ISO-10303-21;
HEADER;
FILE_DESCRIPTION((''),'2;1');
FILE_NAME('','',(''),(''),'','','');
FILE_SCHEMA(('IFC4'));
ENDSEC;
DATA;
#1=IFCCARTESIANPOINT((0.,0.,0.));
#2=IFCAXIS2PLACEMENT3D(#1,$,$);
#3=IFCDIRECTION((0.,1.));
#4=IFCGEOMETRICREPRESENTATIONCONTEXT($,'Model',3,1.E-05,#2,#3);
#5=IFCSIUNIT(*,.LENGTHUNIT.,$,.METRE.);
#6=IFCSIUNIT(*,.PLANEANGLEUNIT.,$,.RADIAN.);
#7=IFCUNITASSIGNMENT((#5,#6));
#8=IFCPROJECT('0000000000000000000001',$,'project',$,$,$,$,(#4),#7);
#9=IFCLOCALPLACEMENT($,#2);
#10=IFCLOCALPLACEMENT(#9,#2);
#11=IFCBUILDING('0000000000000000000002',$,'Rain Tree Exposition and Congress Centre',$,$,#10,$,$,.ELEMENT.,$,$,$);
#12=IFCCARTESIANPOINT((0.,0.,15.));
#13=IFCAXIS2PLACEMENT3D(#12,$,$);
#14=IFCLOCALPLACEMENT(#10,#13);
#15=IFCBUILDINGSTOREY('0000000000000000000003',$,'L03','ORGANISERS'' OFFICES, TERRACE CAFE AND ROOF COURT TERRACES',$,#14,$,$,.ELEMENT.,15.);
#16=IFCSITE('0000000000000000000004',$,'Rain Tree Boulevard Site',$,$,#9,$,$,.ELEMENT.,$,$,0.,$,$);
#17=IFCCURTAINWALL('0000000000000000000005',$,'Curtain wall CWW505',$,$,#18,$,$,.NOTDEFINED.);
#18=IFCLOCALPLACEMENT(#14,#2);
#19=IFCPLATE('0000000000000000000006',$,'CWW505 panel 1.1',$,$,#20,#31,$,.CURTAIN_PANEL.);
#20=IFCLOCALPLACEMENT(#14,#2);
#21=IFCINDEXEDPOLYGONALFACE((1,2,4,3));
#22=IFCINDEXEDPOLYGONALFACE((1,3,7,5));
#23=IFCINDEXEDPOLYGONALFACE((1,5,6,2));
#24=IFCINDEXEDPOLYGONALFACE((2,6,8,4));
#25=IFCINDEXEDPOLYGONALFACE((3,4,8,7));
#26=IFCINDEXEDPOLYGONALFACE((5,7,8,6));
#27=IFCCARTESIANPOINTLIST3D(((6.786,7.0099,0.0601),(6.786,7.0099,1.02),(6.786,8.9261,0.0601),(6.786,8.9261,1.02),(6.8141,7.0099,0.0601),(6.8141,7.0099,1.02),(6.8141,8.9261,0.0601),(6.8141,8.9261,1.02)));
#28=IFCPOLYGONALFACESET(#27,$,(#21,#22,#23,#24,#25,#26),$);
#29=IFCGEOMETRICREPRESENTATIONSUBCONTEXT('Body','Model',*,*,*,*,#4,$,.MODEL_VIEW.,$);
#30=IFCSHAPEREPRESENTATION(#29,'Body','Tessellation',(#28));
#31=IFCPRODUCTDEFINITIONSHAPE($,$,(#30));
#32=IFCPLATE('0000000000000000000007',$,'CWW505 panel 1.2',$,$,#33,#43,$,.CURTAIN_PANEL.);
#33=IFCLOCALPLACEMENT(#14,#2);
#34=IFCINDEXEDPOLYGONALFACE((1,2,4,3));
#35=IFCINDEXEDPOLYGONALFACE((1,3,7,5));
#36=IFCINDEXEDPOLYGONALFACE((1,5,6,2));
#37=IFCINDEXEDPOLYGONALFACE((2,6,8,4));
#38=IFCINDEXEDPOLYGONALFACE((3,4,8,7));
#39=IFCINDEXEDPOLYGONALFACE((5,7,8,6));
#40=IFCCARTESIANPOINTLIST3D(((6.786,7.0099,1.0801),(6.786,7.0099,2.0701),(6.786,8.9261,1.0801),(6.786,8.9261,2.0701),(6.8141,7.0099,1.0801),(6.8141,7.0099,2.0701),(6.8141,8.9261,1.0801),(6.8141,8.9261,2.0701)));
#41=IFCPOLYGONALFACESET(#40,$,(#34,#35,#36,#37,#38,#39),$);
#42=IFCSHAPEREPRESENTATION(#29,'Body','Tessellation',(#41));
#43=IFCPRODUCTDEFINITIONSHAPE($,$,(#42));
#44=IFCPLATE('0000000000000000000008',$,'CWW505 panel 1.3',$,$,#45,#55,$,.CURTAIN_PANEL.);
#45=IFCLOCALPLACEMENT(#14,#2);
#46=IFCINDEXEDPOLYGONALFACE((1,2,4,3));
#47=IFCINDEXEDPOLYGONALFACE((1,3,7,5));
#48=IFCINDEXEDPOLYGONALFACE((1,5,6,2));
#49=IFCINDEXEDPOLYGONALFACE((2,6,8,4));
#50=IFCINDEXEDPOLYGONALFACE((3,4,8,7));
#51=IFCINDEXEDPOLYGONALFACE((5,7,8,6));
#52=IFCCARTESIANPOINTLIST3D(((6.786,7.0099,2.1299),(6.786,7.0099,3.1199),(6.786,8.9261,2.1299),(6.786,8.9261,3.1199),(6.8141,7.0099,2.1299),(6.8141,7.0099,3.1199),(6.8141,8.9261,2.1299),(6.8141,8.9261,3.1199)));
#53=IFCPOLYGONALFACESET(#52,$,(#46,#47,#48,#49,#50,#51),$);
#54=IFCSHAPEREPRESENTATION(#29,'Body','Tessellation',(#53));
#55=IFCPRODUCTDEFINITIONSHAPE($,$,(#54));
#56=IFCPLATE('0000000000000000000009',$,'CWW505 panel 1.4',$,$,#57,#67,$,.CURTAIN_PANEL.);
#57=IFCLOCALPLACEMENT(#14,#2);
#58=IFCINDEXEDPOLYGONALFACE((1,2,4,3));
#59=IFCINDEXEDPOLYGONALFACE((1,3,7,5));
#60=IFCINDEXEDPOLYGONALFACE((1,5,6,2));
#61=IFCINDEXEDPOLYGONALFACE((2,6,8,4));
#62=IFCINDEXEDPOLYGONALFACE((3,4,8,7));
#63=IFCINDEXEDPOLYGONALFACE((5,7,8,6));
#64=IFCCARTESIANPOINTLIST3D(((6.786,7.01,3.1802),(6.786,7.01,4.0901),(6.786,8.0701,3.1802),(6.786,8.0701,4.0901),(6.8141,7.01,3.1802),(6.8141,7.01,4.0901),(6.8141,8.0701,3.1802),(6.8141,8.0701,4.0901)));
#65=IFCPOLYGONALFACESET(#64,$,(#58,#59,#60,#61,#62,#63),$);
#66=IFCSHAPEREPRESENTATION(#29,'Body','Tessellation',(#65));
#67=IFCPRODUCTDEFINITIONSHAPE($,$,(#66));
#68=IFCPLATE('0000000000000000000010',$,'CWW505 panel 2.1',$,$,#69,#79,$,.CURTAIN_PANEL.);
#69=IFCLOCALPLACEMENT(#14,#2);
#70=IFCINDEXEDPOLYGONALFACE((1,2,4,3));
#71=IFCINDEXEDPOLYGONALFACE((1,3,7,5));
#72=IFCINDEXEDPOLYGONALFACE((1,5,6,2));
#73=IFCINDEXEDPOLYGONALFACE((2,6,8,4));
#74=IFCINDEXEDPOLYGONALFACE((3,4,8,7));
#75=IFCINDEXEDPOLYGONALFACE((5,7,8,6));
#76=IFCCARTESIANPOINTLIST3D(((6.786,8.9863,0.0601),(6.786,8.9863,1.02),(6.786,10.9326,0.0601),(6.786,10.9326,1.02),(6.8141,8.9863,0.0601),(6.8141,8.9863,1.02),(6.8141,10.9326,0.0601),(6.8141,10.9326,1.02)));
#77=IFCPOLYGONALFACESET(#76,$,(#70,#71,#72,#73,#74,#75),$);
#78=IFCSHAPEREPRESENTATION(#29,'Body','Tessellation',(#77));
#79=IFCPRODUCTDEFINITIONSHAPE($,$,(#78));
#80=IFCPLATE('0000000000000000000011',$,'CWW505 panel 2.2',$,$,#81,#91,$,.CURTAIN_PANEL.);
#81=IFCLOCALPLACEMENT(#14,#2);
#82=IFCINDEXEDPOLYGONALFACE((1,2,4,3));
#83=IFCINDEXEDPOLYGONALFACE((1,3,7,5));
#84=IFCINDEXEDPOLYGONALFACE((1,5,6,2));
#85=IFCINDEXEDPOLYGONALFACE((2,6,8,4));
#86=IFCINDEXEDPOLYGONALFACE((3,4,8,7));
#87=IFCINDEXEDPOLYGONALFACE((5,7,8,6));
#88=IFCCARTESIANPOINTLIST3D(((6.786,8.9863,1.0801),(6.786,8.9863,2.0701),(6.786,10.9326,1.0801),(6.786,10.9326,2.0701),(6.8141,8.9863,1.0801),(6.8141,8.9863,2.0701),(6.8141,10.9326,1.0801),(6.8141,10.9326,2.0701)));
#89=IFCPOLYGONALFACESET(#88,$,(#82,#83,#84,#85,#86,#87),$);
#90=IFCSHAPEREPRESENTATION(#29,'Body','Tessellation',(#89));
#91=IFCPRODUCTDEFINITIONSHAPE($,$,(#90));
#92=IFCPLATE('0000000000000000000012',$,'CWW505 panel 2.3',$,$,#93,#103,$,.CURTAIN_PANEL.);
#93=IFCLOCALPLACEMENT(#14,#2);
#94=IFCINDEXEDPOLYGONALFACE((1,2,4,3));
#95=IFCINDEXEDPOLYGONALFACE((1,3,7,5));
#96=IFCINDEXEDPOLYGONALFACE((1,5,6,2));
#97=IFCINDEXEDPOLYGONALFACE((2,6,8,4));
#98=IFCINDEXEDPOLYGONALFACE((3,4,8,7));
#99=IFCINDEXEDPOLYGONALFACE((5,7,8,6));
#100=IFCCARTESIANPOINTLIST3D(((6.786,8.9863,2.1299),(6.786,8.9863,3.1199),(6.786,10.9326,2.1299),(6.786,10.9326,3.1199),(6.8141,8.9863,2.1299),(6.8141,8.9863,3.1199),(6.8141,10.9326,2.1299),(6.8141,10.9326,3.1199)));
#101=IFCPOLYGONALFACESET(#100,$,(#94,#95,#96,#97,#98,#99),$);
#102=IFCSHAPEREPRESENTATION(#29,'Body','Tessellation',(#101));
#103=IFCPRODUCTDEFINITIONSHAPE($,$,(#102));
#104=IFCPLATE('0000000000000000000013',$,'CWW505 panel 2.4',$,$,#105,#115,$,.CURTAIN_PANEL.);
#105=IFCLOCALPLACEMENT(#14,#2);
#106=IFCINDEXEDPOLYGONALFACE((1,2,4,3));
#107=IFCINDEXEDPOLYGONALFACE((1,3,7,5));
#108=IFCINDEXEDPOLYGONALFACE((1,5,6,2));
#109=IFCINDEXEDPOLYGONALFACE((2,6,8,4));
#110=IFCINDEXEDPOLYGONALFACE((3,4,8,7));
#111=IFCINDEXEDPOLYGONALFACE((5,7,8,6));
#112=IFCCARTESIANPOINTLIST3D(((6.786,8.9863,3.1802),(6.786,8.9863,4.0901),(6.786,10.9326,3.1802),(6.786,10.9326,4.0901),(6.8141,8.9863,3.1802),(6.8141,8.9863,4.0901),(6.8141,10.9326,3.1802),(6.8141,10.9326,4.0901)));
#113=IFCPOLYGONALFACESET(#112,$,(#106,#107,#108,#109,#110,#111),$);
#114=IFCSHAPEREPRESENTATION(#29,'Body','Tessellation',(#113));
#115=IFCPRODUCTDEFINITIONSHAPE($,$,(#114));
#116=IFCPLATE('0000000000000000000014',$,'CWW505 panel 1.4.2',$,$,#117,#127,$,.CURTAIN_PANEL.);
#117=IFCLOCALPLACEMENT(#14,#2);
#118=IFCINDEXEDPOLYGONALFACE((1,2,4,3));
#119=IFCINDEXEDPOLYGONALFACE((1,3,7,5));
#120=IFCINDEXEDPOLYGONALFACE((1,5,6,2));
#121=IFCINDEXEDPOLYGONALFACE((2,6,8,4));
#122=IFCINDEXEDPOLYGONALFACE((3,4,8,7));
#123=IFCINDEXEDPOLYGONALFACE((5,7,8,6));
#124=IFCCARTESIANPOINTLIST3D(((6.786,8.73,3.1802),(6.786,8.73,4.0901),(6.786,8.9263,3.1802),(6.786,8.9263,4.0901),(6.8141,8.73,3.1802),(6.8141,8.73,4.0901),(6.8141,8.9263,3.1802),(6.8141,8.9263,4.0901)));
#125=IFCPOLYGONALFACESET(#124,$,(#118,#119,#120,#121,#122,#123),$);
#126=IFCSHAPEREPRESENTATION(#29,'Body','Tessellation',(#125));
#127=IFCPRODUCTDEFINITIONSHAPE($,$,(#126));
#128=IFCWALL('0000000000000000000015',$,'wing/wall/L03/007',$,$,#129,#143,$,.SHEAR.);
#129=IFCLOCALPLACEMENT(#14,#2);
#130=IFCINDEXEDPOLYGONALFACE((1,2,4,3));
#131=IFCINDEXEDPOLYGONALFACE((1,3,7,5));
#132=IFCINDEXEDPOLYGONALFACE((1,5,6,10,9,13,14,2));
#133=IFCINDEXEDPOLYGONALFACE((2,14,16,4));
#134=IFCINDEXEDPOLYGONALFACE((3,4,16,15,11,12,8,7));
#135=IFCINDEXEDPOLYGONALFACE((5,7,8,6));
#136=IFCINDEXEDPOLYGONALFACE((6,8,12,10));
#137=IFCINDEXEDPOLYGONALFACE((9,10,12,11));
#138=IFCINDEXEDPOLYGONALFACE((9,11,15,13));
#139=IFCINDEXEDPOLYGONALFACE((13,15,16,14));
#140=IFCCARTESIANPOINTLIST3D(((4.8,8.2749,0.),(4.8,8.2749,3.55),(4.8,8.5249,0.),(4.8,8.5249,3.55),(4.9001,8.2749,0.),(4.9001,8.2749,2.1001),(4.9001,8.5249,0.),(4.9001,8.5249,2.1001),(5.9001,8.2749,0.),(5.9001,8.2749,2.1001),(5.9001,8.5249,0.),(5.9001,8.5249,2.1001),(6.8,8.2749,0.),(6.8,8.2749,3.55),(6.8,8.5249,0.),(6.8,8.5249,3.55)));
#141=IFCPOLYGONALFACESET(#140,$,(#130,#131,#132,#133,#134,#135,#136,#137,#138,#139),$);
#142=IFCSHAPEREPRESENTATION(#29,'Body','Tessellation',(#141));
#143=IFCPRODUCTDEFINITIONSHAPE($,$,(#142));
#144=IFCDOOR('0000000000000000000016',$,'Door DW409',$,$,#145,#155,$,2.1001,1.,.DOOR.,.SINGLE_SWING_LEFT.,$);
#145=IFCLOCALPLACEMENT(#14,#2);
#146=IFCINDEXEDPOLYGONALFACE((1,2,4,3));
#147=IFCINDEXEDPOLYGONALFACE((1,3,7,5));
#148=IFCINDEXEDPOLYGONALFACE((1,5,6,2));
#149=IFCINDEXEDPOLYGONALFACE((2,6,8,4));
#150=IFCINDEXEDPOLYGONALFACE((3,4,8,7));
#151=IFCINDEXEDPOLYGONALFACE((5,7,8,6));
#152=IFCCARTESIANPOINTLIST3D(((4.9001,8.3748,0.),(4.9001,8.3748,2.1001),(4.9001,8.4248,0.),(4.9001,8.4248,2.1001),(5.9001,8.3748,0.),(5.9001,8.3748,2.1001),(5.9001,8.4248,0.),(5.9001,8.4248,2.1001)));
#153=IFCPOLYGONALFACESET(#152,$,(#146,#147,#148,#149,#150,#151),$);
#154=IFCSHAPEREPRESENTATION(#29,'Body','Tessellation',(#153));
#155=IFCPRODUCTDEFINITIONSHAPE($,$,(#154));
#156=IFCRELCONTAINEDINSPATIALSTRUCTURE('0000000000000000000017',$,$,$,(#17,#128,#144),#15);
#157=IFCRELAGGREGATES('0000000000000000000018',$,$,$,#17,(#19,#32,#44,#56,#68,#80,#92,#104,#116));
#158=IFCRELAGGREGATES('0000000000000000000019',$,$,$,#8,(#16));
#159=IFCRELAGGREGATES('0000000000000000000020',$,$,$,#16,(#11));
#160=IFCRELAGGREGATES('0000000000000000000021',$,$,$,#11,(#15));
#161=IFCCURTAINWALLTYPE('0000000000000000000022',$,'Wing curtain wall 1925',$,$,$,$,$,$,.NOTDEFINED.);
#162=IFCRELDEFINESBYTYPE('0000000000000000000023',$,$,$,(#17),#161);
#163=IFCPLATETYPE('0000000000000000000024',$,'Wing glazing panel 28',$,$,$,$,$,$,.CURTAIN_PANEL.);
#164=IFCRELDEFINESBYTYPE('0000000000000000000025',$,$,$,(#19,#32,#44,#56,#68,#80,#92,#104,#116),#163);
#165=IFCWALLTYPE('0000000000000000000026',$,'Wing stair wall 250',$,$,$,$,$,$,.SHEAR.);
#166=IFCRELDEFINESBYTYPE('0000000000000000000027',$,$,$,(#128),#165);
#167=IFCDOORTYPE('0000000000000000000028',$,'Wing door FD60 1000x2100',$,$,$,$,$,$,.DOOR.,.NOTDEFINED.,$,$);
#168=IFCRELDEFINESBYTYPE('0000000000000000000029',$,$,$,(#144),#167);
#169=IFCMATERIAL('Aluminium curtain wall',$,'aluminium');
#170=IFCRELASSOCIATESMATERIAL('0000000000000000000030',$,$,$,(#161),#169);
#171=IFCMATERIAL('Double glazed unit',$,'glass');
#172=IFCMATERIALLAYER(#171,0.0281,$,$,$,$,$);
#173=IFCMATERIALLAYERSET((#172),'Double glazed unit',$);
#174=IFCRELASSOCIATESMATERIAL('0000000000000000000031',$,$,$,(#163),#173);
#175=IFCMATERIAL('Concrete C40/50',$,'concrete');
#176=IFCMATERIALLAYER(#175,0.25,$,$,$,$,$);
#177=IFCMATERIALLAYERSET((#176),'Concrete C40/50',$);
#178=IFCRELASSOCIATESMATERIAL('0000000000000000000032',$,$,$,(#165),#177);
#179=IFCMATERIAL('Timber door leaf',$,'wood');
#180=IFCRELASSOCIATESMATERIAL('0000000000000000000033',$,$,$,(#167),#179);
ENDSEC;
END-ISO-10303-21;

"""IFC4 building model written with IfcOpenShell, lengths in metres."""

from ifc_helpers import new_model, si_unit, direction, frame, frame_2d, origin, origin_2d, place, context, subcontext, project, spatial, rectangle, extrude, material, layer, layer_set, type_object, element, fill, aggregate, save


model = new_model("IFC4")

# Units and contexts
model_context = context("Model", 3, precision=1e-05, world=origin(), true_north=direction((0.0, 1.0)))
body_context = subcontext(model_context, "Body", "Model", "MODEL_VIEW")
ifc_project = project(units=[si_unit("LENGTHUNIT", "METRE"), si_unit("PLANEANGLEUNIT", "RADIAN")], contexts=[model_context])

# Site, building, storey
site_placement = place(None, origin())
site = spatial("IfcSite", under=ifc_project, at=site_placement, Name="Rain Tree Boulevard Site", CompositionType="ELEMENT", RefElevation=0.0)
building_placement = place(site_placement, origin())
building = spatial("IfcBuilding", under=site, at=building_placement, Name="Rain Tree Exposition and Congress Centre", CompositionType="ELEMENT")
storey_placement = place(building_placement, frame((0.0, 0.0, 15.0)))
storey = spatial("IfcBuildingStorey", under=building, at=storey_placement, Name="L03", Description="ORGANISERS' OFFICES, TERRACE CAFE AND ROOF COURT TERRACES", CompositionType="ELEMENT", Elevation=15.0)

# Shared definitions
ifc_material_1 = material(Name="Aluminium curtain wall", Category="aluminium")
curtain_wall_type = type_object("IfcCurtainWallType", Name="Wing curtain wall 1925", PredefinedType="NOTDEFINED", material=ifc_material_1)

# Curtain wall
curtain_wall_1_placement = place(storey_placement, origin())
curtain_wall_1 = element("IfcCurtainWall", 1, at=curtain_wall_1_placement, inside=storey, type_object=curtain_wall_type, Name="Curtain wall CWW505", PredefinedType="NOTDEFINED")

# Plates
ifc_material_2 = material(Name="Double glazed unit", Category="glass")
ifc_layer_1 = layer(ifc_material_2, 0.0281)
ifc_layer_set_1 = layer_set([ifc_layer_1], Name="Double glazed unit")
plate_type = type_object("IfcPlateType", Name="Wing glazing panel 28", PredefinedType="CURTAIN_PANEL", material=ifc_layer_set_1)
plate_1_placement = place(storey_placement, frame((6.8, 7.968, 0.0601), z_axis=(0.0, 0.0, 1.0), x_axis=(0.0, 1.0, 0.0)))
plate_1 = element("IfcPlate", 2, at=plate_1_placement, type_object=plate_type, Name="CWW505 panel 1.1", PredefinedType="CURTAIN_PANEL", context=body_context, shape_type="SweptSolid", body=[
    extrude(rectangle(XDim=1.9163, YDim=0.0281, at=origin_2d()), origin(), (0.0, 0.0, 1.0), 0.96),
])
plate_2_placement = place(storey_placement, frame((6.8, 7.968, 1.0801), z_axis=(0.0, 0.0, 1.0), x_axis=(0.0, 1.0, 0.0)))
plate_2 = element("IfcPlate", 3, at=plate_2_placement, type_object=plate_type, Name="CWW505 panel 1.2", PredefinedType="CURTAIN_PANEL", context=body_context, shape_type="SweptSolid", body=[
    extrude(rectangle(XDim=1.9163, YDim=0.0281, at=origin_2d()), origin(), (0.0, 0.0, 1.0), 0.99),
])
plate_3_placement = place(storey_placement, frame((6.8, 7.968, 2.1299), z_axis=(0.0, 0.0, 1.0), x_axis=(0.0, 1.0, 0.0)))
plate_3 = element("IfcPlate", 4, at=plate_3_placement, type_object=plate_type, Name="CWW505 panel 1.3", PredefinedType="CURTAIN_PANEL", context=body_context, shape_type="SweptSolid", body=[
    extrude(rectangle(XDim=1.9163, YDim=0.0281, at=origin_2d()), origin(), (0.0, 0.0, 1.0), 0.99),
])
plate_4_placement = place(storey_placement, frame((6.8, 7.54, 3.1802), z_axis=(0.0, 0.0, 1.0), x_axis=(0.0, 1.0, 0.0)))
plate_4 = element("IfcPlate", 5, at=plate_4_placement, type_object=plate_type, Name="CWW505 panel 1.4", PredefinedType="CURTAIN_PANEL", context=body_context, shape_type="SweptSolid", body=[
    extrude(rectangle(XDim=1.0601, YDim=0.0281, at=origin_2d()), origin(), (0.0, 0.0, 1.0), 0.9099),
])
plate_5_placement = place(storey_placement, frame((6.8, 9.9595, 0.0601), z_axis=(0.0, 0.0, 1.0), x_axis=(0.0, 1.0, 0.0)))
plate_5 = element("IfcPlate", 6, at=plate_5_placement, type_object=plate_type, Name="CWW505 panel 2.1", PredefinedType="CURTAIN_PANEL", context=body_context, shape_type="SweptSolid", body=[
    extrude(rectangle(XDim=1.9463, YDim=0.0281, at=origin_2d()), origin(), (0.0, 0.0, 1.0), 0.96),
])
plate_6_placement = place(storey_placement, frame((6.8, 9.9595, 1.0801), z_axis=(0.0, 0.0, 1.0), x_axis=(0.0, 1.0, 0.0)))
plate_6 = element("IfcPlate", 7, at=plate_6_placement, type_object=plate_type, Name="CWW505 panel 2.2", PredefinedType="CURTAIN_PANEL", context=body_context, shape_type="SweptSolid", body=[
    extrude(rectangle(XDim=1.9463, YDim=0.0281, at=origin_2d()), origin(), (0.0, 0.0, 1.0), 0.99),
])
plate_7_placement = place(storey_placement, frame((6.8, 9.9595, 2.1299), z_axis=(0.0, 0.0, 1.0), x_axis=(0.0, 1.0, 0.0)))
plate_7 = element("IfcPlate", 8, at=plate_7_placement, type_object=plate_type, Name="CWW505 panel 2.3", PredefinedType="CURTAIN_PANEL", context=body_context, shape_type="SweptSolid", body=[
    extrude(rectangle(XDim=1.9463, YDim=0.0281, at=origin_2d()), origin(), (0.0, 0.0, 1.0), 0.99),
])
plate_8_placement = place(storey_placement, frame((6.8, 9.9595, 3.1802), z_axis=(0.0, 0.0, 1.0), x_axis=(0.0, 1.0, 0.0)))
plate_8 = element("IfcPlate", 9, at=plate_8_placement, type_object=plate_type, Name="CWW505 panel 2.4", PredefinedType="CURTAIN_PANEL", context=body_context, shape_type="SweptSolid", body=[
    extrude(rectangle(XDim=1.9463, YDim=0.0281, at=origin_2d()), origin(), (0.0, 0.0, 1.0), 0.9099),
])
plate_9_placement = place(storey_placement, frame((6.8, 8.8281, 3.1802), z_axis=(0.0, 0.0, 1.0), x_axis=(0.0, 1.0, 0.0)))
plate_9 = element("IfcPlate", 10, at=plate_9_placement, type_object=plate_type, Name="CWW505 panel 1.4.2", PredefinedType="CURTAIN_PANEL", context=body_context, shape_type="SweptSolid", body=[
    extrude(rectangle(XDim=0.1963, YDim=0.0281, at=origin_2d()), origin(), (0.0, 0.0, 1.0), 0.9099),
])
aggregate(curtain_wall_1, [plate_1, plate_2, plate_3, plate_4, plate_5, plate_6, plate_7, plate_8, plate_9])

# Wall, opening, door
ifc_material_3 = material(Name="Concrete C40/50", Category="concrete")
ifc_layer_2 = layer(ifc_material_3, 0.25)
ifc_layer_set_2 = layer_set([ifc_layer_2], Name="Concrete C40/50")
wall_type_1 = type_object("IfcWallType", Name="Wing stair wall 250", PredefinedType="SHEAR", material=ifc_layer_set_2)
wall_1_placement = place(storey_placement, frame((4.8, 8.3999, 0.0), z_axis=(0.0, 0.0, 1.0), x_axis=(1.0, 0.0, 0.0)))
wall_1 = element("IfcWall", 11, at=wall_1_placement, inside=storey, type_object=wall_type_1, Name="wing/wall/L03/007", PredefinedType="SHEAR", context=body_context, shape_type="SweptSolid", body=[
    extrude(rectangle(XDim=2.0, YDim=0.25, at=frame_2d((1.0, 0.0))), origin(), (0.0, 0.0, 1.0), 3.55),
])
opening_1_placement = place(wall_1_placement, frame((0.1001, 0.0, 0.0)))
opening_1 = element("IfcOpeningElement", 12, at=opening_1_placement, cuts=wall_1, PredefinedType="OPENING", context=body_context, shape_type="SweptSolid", body=[
    extrude(rectangle(XDim=1.0, YDim=2.1001, at=frame_2d((0.5, 1.05))), frame((0.0, 0.125, 0.0), z_axis=(0.0, -1.0, 0.0), x_axis=(1.0, 0.0, 0.0)), (0.0, 0.0, 1.0), 0.25),
])
ifc_material_4 = material(Name="Timber door leaf", Category="wood")
door_type_1 = type_object("IfcDoorType", Name="Wing door FD60 1000x2100", OperationType="NOTDEFINED", PredefinedType="DOOR", material=ifc_material_4)
door_1_placement = place(opening_1_placement, origin())
door_1 = element("IfcDoor", 13, at=door_1_placement, inside=storey, type_object=door_type_1, Name="Door DW409", OperationType="SINGLE_SWING_LEFT", OverallHeight=2.1001, OverallWidth=1.0, PredefinedType="DOOR", context=body_context, shape_type="SweptSolid", body=[
    extrude(rectangle(XDim=1.0, YDim=2.1001, at=frame_2d((0.5, 1.05))), frame((0.0, 0.0249, 0.0), z_axis=(0.0, -1.0, 0.0), x_axis=(1.0, 0.0, 0.0)), (0.0, 0.0, 1.0), 0.05),
])
fill(opening_1, door_1)

save(model, "model.ifc")
